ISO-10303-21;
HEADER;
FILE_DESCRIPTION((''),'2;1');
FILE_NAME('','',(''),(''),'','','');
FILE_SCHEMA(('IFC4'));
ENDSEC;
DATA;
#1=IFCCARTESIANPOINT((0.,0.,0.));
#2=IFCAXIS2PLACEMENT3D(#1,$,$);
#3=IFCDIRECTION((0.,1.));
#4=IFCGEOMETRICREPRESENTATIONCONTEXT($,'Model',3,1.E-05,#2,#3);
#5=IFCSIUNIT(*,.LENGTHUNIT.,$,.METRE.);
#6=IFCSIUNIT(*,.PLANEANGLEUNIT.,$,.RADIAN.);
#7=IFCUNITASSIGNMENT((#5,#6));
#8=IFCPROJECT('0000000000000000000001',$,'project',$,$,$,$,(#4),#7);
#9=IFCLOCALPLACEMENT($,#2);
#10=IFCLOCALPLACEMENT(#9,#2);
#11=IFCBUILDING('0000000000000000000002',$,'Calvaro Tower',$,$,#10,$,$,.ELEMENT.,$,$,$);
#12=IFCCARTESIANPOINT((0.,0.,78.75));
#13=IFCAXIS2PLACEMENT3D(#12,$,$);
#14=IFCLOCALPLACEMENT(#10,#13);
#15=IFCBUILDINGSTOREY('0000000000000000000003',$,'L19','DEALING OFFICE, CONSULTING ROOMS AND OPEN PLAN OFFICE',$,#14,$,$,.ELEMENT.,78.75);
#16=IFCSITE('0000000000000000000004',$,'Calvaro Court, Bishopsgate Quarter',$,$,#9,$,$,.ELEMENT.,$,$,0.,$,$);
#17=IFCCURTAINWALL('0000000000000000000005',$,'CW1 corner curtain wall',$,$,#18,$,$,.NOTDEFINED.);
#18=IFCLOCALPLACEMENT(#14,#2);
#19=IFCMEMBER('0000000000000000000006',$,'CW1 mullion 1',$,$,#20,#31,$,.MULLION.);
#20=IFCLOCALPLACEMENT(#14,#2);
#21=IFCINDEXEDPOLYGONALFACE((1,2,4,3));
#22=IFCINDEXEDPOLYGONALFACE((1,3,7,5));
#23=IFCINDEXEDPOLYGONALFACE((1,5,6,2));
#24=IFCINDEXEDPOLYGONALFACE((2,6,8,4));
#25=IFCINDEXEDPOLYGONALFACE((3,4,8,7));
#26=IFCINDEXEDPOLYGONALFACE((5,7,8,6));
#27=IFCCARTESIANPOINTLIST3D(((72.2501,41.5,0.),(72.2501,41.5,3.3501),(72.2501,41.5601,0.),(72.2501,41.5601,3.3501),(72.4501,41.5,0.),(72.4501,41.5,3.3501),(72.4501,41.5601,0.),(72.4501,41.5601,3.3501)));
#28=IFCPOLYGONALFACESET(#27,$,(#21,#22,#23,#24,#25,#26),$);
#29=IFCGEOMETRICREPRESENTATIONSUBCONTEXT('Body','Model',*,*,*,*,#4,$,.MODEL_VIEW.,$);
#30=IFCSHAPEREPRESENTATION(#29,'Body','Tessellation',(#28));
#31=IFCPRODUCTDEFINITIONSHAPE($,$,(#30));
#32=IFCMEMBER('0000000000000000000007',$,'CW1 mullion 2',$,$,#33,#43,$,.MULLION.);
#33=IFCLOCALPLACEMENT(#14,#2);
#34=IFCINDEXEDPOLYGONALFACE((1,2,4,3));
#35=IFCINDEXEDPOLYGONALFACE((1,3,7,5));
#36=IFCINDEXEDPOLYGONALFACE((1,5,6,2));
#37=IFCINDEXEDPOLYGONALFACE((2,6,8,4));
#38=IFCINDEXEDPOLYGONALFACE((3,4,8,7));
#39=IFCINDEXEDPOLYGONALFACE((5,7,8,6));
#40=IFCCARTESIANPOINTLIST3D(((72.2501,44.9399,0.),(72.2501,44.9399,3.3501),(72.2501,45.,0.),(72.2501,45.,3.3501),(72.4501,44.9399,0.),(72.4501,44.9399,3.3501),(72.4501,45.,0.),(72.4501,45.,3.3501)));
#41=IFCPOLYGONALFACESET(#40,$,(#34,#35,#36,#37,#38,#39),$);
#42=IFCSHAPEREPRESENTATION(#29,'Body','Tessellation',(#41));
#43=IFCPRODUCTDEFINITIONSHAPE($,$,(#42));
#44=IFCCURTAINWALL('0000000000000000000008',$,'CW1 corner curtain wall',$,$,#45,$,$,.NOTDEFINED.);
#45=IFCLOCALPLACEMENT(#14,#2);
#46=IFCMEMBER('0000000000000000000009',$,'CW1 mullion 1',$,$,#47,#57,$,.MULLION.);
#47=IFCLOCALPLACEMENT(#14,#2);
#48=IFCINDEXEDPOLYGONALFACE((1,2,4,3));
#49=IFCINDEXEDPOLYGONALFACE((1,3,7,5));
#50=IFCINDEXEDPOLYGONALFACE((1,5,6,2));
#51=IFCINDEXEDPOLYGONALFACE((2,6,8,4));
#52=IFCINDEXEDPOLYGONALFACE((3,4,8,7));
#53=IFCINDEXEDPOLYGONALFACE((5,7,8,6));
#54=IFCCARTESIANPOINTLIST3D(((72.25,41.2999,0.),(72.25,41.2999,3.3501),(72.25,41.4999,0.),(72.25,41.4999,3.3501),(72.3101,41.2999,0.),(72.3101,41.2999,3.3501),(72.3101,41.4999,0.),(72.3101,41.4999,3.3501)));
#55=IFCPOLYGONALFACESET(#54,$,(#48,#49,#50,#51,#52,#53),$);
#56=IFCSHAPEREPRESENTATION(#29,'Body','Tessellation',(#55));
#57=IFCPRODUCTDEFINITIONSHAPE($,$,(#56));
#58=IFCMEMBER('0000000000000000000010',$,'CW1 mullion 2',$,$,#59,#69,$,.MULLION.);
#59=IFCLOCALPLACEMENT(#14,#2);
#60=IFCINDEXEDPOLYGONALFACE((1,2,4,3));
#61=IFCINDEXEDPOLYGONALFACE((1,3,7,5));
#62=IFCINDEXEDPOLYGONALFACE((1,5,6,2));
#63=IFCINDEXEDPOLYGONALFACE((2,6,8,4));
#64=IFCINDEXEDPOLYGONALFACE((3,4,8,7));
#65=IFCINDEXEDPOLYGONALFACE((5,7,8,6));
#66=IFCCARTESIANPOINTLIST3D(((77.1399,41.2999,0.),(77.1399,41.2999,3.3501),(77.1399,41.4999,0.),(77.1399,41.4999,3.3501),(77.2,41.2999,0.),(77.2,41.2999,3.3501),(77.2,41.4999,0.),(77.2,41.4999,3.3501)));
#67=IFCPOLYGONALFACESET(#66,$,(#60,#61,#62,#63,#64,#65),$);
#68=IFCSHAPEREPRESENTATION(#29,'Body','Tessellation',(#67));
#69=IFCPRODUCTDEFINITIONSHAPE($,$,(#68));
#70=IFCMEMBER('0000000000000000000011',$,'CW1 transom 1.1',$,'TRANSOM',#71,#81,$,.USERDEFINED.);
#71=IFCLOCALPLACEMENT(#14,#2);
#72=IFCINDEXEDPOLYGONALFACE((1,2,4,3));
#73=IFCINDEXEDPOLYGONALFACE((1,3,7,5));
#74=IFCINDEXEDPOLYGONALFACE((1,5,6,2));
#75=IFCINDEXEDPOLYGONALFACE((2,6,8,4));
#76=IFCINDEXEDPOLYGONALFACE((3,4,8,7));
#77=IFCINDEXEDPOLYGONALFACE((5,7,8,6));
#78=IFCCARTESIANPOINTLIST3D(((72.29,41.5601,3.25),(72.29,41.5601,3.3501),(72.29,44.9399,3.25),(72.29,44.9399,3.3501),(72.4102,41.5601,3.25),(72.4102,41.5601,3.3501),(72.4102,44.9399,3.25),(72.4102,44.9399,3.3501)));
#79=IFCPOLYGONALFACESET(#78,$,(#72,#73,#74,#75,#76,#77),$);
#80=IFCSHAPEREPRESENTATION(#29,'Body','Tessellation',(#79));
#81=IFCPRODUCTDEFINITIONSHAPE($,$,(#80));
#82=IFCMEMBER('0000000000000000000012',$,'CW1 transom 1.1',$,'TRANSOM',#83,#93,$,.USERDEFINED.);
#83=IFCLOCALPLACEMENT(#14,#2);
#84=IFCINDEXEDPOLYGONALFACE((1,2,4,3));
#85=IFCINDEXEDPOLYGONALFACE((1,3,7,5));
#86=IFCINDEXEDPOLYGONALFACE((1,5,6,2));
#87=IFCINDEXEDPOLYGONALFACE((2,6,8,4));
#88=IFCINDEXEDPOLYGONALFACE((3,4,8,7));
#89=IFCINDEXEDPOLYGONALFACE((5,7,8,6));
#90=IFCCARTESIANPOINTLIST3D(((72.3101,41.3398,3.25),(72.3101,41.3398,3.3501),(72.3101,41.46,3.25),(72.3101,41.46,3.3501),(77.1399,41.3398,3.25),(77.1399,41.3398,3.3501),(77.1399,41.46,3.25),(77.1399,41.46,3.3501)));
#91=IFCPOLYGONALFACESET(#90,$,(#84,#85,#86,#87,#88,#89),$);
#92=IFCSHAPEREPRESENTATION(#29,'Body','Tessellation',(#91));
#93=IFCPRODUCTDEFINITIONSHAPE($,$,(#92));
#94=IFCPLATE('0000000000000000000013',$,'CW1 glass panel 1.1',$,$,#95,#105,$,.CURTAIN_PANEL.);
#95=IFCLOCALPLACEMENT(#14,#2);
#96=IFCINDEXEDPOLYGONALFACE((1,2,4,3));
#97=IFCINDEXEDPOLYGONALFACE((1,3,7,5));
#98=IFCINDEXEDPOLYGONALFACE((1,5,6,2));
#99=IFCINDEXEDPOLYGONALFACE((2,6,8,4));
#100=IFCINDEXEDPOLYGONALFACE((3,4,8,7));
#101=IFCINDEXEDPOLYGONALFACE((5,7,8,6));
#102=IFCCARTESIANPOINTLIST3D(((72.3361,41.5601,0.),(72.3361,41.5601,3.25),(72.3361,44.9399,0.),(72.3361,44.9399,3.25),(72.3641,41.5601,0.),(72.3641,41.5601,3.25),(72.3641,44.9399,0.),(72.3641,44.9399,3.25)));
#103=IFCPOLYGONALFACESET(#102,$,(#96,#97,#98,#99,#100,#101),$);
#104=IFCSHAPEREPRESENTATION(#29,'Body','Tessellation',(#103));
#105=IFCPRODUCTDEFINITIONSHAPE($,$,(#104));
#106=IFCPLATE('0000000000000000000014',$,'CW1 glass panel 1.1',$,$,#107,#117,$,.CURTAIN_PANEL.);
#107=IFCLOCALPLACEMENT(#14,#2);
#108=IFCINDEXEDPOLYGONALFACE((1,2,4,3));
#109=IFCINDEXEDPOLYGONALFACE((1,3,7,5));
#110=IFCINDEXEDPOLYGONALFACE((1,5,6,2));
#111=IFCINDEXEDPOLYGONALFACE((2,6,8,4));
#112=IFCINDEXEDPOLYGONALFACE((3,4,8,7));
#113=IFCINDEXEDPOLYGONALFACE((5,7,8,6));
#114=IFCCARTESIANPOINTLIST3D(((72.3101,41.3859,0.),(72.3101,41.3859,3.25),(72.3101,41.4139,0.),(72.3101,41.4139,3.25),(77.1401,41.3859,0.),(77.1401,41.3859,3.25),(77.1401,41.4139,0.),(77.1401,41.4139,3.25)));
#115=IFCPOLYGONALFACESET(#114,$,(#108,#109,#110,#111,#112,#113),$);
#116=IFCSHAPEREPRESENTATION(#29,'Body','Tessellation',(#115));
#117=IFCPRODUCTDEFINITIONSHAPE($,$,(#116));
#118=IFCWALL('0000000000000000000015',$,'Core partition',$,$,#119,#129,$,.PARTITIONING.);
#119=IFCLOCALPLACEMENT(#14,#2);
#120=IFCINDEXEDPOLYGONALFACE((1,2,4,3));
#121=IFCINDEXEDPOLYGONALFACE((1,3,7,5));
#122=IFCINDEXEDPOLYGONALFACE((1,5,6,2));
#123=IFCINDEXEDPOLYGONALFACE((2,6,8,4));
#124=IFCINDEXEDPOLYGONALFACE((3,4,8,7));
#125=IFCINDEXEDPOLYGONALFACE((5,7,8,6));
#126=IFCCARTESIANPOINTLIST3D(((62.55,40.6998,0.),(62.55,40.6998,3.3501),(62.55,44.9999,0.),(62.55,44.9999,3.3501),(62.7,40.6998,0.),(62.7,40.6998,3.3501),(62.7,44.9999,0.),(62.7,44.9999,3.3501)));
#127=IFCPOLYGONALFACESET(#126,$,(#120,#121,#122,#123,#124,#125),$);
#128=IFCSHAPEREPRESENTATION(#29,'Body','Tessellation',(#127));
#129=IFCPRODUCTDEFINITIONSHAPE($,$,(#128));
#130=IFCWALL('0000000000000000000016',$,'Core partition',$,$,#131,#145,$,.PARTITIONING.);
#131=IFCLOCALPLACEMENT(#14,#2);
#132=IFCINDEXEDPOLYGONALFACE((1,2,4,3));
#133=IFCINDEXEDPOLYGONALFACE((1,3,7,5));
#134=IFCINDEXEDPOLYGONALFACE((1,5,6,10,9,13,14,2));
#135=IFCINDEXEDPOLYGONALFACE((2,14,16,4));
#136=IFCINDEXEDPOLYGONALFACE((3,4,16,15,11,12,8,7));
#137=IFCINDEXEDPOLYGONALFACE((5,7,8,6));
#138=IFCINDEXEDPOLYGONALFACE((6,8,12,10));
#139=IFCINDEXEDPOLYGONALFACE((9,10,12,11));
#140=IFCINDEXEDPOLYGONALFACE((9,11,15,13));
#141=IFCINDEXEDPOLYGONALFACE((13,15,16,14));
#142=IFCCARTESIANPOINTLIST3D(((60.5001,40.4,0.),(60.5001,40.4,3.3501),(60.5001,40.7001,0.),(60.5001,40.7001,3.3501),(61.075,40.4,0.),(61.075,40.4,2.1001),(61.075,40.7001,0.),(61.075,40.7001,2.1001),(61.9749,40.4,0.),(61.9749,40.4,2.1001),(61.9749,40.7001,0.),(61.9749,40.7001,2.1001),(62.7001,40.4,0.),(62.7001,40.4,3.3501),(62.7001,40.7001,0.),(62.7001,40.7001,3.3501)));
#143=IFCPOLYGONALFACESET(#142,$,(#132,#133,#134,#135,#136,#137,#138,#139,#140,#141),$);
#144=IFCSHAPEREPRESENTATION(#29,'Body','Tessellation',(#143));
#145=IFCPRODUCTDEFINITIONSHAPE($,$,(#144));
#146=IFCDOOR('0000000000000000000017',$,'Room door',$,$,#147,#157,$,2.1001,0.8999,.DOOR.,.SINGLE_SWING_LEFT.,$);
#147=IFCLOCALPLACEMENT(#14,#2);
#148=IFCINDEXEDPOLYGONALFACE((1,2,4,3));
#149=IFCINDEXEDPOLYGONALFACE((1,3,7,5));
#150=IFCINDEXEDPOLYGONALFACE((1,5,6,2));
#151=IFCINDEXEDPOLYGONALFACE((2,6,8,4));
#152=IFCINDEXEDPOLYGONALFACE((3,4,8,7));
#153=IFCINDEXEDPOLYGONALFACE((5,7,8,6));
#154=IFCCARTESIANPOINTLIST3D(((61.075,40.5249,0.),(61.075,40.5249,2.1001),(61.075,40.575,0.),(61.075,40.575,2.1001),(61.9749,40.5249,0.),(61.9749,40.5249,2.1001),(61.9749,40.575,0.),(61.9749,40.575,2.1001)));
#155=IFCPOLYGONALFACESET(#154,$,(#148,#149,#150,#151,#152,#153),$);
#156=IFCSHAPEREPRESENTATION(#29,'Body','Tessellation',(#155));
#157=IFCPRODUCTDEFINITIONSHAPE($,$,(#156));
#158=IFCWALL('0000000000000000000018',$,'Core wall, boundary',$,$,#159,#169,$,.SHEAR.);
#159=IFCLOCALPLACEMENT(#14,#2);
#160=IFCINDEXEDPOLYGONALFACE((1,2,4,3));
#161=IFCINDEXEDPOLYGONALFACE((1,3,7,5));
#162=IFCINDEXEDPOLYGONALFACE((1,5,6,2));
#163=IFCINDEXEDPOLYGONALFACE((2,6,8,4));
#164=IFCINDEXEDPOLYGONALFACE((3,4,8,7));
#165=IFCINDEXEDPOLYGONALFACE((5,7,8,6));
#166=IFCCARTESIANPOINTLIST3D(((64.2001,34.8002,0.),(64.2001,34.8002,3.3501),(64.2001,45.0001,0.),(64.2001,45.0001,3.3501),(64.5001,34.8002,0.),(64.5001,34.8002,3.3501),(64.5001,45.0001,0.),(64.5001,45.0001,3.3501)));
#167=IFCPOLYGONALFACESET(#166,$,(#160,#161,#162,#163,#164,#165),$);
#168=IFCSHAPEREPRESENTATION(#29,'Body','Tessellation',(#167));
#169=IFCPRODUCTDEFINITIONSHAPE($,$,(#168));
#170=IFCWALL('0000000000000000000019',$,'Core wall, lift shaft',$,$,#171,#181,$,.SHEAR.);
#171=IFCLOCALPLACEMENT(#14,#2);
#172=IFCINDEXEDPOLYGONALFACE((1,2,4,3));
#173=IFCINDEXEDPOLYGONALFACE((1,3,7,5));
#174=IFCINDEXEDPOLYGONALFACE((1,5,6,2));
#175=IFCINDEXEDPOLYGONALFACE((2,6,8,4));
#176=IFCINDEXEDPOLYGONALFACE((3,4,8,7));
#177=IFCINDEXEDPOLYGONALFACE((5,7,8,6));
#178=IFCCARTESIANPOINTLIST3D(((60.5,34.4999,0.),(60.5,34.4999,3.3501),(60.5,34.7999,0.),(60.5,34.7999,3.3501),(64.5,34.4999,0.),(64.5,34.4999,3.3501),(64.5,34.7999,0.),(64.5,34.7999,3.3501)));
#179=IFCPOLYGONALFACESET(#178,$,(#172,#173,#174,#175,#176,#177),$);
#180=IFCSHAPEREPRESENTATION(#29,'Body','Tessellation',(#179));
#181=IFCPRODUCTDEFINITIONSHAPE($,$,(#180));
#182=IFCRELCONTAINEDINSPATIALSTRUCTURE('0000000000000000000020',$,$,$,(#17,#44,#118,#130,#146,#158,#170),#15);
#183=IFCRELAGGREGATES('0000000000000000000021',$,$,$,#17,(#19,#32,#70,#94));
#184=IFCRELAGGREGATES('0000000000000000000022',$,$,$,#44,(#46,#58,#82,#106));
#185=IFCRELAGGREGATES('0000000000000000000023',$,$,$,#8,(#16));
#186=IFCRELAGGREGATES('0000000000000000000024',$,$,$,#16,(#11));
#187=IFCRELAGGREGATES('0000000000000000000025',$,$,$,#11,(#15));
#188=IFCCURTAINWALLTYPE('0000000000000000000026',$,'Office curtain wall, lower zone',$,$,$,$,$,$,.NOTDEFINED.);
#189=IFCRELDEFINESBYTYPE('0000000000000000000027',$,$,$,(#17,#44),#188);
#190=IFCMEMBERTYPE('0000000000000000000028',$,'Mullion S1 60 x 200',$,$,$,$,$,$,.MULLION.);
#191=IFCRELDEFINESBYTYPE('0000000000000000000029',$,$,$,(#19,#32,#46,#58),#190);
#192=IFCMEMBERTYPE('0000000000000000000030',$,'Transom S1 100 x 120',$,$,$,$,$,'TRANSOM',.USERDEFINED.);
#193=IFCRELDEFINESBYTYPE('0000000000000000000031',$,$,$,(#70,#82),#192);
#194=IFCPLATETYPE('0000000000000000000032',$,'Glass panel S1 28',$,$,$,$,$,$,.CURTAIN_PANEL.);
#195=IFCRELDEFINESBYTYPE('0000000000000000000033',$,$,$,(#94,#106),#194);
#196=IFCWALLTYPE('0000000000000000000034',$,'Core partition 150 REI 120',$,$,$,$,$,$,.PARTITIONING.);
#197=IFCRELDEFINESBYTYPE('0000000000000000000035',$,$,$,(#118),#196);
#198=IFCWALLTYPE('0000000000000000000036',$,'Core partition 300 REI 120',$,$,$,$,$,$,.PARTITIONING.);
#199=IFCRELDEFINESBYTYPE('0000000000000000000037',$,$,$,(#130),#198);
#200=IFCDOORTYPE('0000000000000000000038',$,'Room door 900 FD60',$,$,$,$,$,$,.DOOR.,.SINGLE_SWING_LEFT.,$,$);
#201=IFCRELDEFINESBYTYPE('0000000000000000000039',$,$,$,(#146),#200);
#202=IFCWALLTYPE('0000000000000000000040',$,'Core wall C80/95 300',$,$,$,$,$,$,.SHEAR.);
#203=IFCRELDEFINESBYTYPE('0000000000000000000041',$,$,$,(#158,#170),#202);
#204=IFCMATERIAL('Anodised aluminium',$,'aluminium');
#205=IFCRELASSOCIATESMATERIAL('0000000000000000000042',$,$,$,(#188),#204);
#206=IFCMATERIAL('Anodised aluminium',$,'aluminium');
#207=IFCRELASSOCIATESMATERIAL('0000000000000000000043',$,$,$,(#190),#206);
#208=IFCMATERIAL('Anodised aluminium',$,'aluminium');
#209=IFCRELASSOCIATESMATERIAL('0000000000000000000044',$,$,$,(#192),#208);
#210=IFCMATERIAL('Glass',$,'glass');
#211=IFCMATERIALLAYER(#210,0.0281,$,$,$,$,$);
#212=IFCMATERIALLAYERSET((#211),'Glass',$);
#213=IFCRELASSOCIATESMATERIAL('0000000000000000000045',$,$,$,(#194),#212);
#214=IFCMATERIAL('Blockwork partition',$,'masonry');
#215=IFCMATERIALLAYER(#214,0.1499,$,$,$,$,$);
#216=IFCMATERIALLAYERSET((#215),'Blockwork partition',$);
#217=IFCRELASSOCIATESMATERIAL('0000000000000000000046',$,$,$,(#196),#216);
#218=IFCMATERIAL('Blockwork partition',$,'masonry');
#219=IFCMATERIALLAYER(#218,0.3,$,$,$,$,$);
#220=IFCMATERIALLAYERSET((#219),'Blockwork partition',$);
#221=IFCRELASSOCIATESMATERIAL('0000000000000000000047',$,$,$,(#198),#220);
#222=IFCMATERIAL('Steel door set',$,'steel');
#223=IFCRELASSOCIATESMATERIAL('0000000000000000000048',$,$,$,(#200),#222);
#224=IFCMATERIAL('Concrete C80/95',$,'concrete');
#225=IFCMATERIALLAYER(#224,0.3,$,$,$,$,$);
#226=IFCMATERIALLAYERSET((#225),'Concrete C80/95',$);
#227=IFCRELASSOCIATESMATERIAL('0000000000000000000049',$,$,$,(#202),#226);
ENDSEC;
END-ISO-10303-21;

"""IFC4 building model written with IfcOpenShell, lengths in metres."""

from ifc_helpers import new_model, si_unit, direction, frame, frame_2d, origin, origin_2d, place, context, subcontext, project, spatial, rectangle, extrude, material, layer, layer_set, material_profile, profile_set, type_object, element, fill, aggregate, save


model = new_model("IFC4")

# Units and contexts
model_context = context("Model", 3, precision=1e-05, world=origin(), true_north=direction((0.0, 1.0)))
body_context = subcontext(model_context, "Body", "Model", "MODEL_VIEW")
ifc_project = project(units=[si_unit("LENGTHUNIT", "METRE"), si_unit("PLANEANGLEUNIT", "RADIAN")], contexts=[model_context])

# Site, building, storey
site_placement = place(None, origin())
site = spatial("IfcSite", under=ifc_project, at=site_placement, Name="Calvaro Court, Bishopsgate Quarter", CompositionType="ELEMENT", RefElevation=0.0)
building_placement = place(site_placement, origin())
building = spatial("IfcBuilding", under=site, at=building_placement, Name="Calvaro Tower", CompositionType="ELEMENT")
storey_placement = place(building_placement, frame((0.0, 0.0, 78.75)))
storey = spatial("IfcBuildingStorey", under=building, at=storey_placement, Name="L19", Description="DEALING OFFICE, CONSULTING ROOMS AND OPEN PLAN OFFICE", CompositionType="ELEMENT", Elevation=78.75)

# Curtain walls, members
ifc_material_1 = material(Name="Anodised aluminium", Category="aluminium")
curtain_wall_type = type_object("IfcCurtainWallType", Name="Office curtain wall, lower zone", PredefinedType="NOTDEFINED", material=ifc_material_1)
curtain_wall_1_placement = place(storey_placement, origin())
curtain_wall_1 = element("IfcCurtainWall", 1, at=curtain_wall_1_placement, inside=storey, type_object=curtain_wall_type, Name="CW1 corner curtain wall", PredefinedType="NOTDEFINED")
ifc_material_2 = material(Name="Anodised aluminium", Category="aluminium")
ifc_material_profile_1 = material_profile(ifc_material_2, rectangle(XDim=0.2, YDim=0.0601, at=origin_2d()), Name="Mullion S1 60 x 200")
ifc_profile_set_1 = profile_set([ifc_material_profile_1], Name="Anodised aluminium")
member_type_1 = type_object("IfcMemberType", Name="Mullion S1 60 x 200", PredefinedType="MULLION", material=ifc_profile_set_1)
member_1_placement = place(storey_placement, frame((72.3501, 41.53, 0.0), z_axis=(0.0, 0.0, 1.0), x_axis=(-1.0, 0.0, 0.0)))
member_1 = element("IfcMember", 2, at=member_1_placement, type_object=member_type_1, Name="CW1 mullion 1", PredefinedType="MULLION", context=body_context, shape_type="SweptSolid", body=[
    extrude(rectangle(XDim=0.2, YDim=0.0601, at=origin_2d()), origin(), (0.0, 0.0, 1.0), 3.3501),
])
member_2_placement = place(storey_placement, frame((72.3501, 44.97, 0.0), z_axis=(0.0, 0.0, 1.0), x_axis=(-1.0, 0.0, 0.0)))
member_2 = element("IfcMember", 3, at=member_2_placement, type_object=member_type_1, Name="CW1 mullion 2", PredefinedType="MULLION", context=body_context, shape_type="SweptSolid", body=[
    extrude(rectangle(XDim=0.2, YDim=0.0601, at=origin_2d()), origin(), (0.0, 0.0, 1.0), 3.3501),
])
curtain_wall_2_placement = place(storey_placement, origin())
curtain_wall_2 = element("IfcCurtainWall", 4, at=curtain_wall_2_placement, inside=storey, type_object=curtain_wall_type, Name="CW1 corner curtain wall", PredefinedType="NOTDEFINED")
member_3_placement = place(storey_placement, frame((72.28, 41.3999, 0.0), z_axis=(0.0, 0.0, 1.0), x_axis=(0.0, 1.0, 0.0)))
member_3 = element("IfcMember", 5, at=member_3_placement, type_object=member_type_1, Name="CW1 mullion 1", PredefinedType="MULLION", context=body_context, shape_type="SweptSolid", body=[
    extrude(rectangle(XDim=0.2, YDim=0.0601, at=origin_2d()), origin(), (0.0, 0.0, 1.0), 3.3501),
])
member_4_placement = place(storey_placement, frame((77.1699, 41.3999, 0.0), z_axis=(0.0, 0.0, 1.0), x_axis=(0.0, 1.0, 0.0)))
member_4 = element("IfcMember", 6, at=member_4_placement, type_object=member_type_1, Name="CW1 mullion 2", PredefinedType="MULLION", context=body_context, shape_type="SweptSolid", body=[
    extrude(rectangle(XDim=0.2, YDim=0.0601, at=origin_2d()), origin(), (0.0, 0.0, 1.0), 3.3501),
])

# Members
ifc_material_3 = material(Name="Anodised aluminium", Category="aluminium")
ifc_material_profile_2 = material_profile(ifc_material_3, rectangle(XDim=0.1201, YDim=0.1001, at=origin_2d()), Name="Transom S1 100 x 120")
ifc_profile_set_2 = profile_set([ifc_material_profile_2], Name="Anodised aluminium")
member_type_2 = type_object("IfcMemberType", Name="Transom S1 100 x 120", ElementType="TRANSOM", PredefinedType="USERDEFINED", material=ifc_profile_set_2)
member_5_placement = place(storey_placement, frame((72.3501, 41.5601, 3.3), z_axis=(0.0, 1.0, 0.0), x_axis=(-1.0, 0.0, 0.0)))
member_5 = element("IfcMember", 7, at=member_5_placement, type_object=member_type_2, Name="CW1 transom 1.1", ObjectType="TRANSOM", PredefinedType="USERDEFINED", context=body_context, shape_type="SweptSolid", body=[
    extrude(rectangle(XDim=0.1201, YDim=0.1001, at=origin_2d()), origin(), (0.0, 0.0, 1.0), 3.3799),
])
member_6_placement = place(storey_placement, frame((72.3101, 41.3999, 3.3), z_axis=(1.0, 0.0, 0.0), x_axis=(0.0, 1.0, 0.0)))
member_6 = element("IfcMember", 8, at=member_6_placement, type_object=member_type_2, Name="CW1 transom 1.1", ObjectType="TRANSOM", PredefinedType="USERDEFINED", context=body_context, shape_type="SweptSolid", body=[
    extrude(rectangle(XDim=0.1201, YDim=0.1001, at=origin_2d()), origin(), (0.0, 0.0, 1.0), 4.8298),
])

# Plates
ifc_material_4 = material(Name="Glass", Category="glass")
ifc_layer_1 = layer(ifc_material_4, 0.0281)
ifc_layer_set_1 = layer_set([ifc_layer_1], Name="Glass")
plate_type = type_object("IfcPlateType", Name="Glass panel S1 28", PredefinedType="CURTAIN_PANEL", material=ifc_layer_set_1)
plate_1_placement = place(storey_placement, frame((72.3501, 43.25, 0.0), z_axis=(0.0, 0.0, 1.0), x_axis=(0.0, 1.0, 0.0)))
plate_1 = element("IfcPlate", 9, at=plate_1_placement, type_object=plate_type, Name="CW1 glass panel 1.1", PredefinedType="CURTAIN_PANEL", context=body_context, shape_type="SweptSolid", body=[
    extrude(rectangle(XDim=3.3799, YDim=0.0281, at=origin_2d()), origin(), (0.0, 0.0, 1.0), 3.25),
])
aggregate(curtain_wall_1, [member_1, member_2, member_5, plate_1])
plate_2_placement = place(storey_placement, frame((74.7251, 41.3999, 0.0), z_axis=(0.0, 0.0, 1.0), x_axis=(1.0, 0.0, 0.0)))
plate_2 = element("IfcPlate", 10, at=plate_2_placement, type_object=plate_type, Name="CW1 glass panel 1.1", PredefinedType="CURTAIN_PANEL", context=body_context, shape_type="SweptSolid", body=[
    extrude(rectangle(XDim=4.8301, YDim=0.0281, at=origin_2d()), origin(), (0.0, 0.0, 1.0), 3.25),
])
aggregate(curtain_wall_2, [member_3, member_4, member_6, plate_2])

# Wall
ifc_material_5 = material(Name="Blockwork partition", Category="masonry")
ifc_layer_2 = layer(ifc_material_5, 0.1499)
ifc_layer_set_2 = layer_set([ifc_layer_2], Name="Blockwork partition")
wall_type_1 = type_object("IfcWallType", Name="Core partition 150 REI 120", PredefinedType="PARTITIONING", material=ifc_layer_set_2)
wall_1_placement = place(storey_placement, frame((62.625, 40.7, 0.0), z_axis=(0.0, 0.0, 1.0), x_axis=(0.0, 1.0, 0.0)))
element("IfcWall", 11, at=wall_1_placement, inside=storey, type_object=wall_type_1, Name="Core partition", PredefinedType="PARTITIONING", context=body_context, shape_type="SweptSolid", body=[
    extrude(rectangle(XDim=4.3, YDim=0.1499, at=frame_2d((2.1499, 0.0))), origin(), (0.0, 0.0, 1.0), 3.3501),
])

# Wall, opening, door
ifc_material_6 = material(Name="Blockwork partition", Category="masonry")
ifc_layer_3 = layer(ifc_material_6, 0.3)
ifc_layer_set_3 = layer_set([ifc_layer_3], Name="Blockwork partition")
wall_type_2 = type_object("IfcWallType", Name="Core partition 300 REI 120", PredefinedType="PARTITIONING", material=ifc_layer_set_3)
wall_2_placement = place(storey_placement, frame((60.5, 40.55, 0.0), z_axis=(0.0, 0.0, 1.0), x_axis=(1.0, 0.0, 0.0)))
wall_2 = element("IfcWall", 12, at=wall_2_placement, inside=storey, type_object=wall_type_2, Name="Core partition", PredefinedType="PARTITIONING", context=body_context, shape_type="SweptSolid", body=[
    extrude(rectangle(XDim=2.2, YDim=0.3, at=frame_2d((1.1001, 0.0))), origin(), (0.0, 0.0, 1.0), 3.3501),
])
opening_1_placement = place(wall_2_placement, frame((0.575, 0.0, 0.0)))
opening_1 = element("IfcOpeningElement", 13, at=opening_1_placement, cuts=wall_2, PredefinedType="OPENING", context=body_context, shape_type="SweptSolid", body=[
    extrude(rectangle(XDim=0.8999, YDim=2.1001, at=frame_2d((0.45, 1.05))), frame((0.0, 0.1599, 0.0), z_axis=(0.0, -1.0, 0.0), x_axis=(1.0, 0.0, 0.0)), (0.0, 0.0, 1.0), 0.3201),
])
ifc_material_7 = material(Name="Steel door set", Category="steel")
door_type_1 = type_object("IfcDoorType", Name="Room door 900 FD60", OperationType="SINGLE_SWING_LEFT", PredefinedType="DOOR", material=ifc_material_7)
door_1_placement = place(opening_1_placement, origin())
door_1 = element("IfcDoor", 14, at=door_1_placement, inside=storey, type_object=door_type_1, Name="Room door", OperationType="SINGLE_SWING_LEFT", OverallHeight=2.1001, OverallWidth=0.8999, PredefinedType="DOOR", context=body_context, shape_type="SweptSolid", body=[
    extrude(rectangle(XDim=0.8999, YDim=2.1001, at=frame_2d((0.45, 1.05))), frame((0.0, 0.0249, 0.0), z_axis=(0.0, -1.0, 0.0), x_axis=(1.0, 0.0, 0.0)), (0.0, 0.0, 1.0), 0.05),
])
fill(opening_1, door_1)

# Walls
ifc_material_8 = material(Name="Concrete C80/95", Category="concrete")
ifc_layer_4 = layer(ifc_material_8, 0.3)
ifc_layer_set_4 = layer_set([ifc_layer_4], Name="Concrete C80/95")
wall_type_3 = type_object("IfcWallType", Name="Core wall C80/95 300", PredefinedType="SHEAR", material=ifc_layer_set_4)
wall_3_placement = place(storey_placement, frame((64.3501, 34.8, 0.0), z_axis=(0.0, 0.0, 1.0), x_axis=(0.0, 1.0, 0.0)))
element("IfcWall", 15, at=wall_3_placement, inside=storey, type_object=wall_type_3, Name="Core wall, boundary", PredefinedType="SHEAR", context=body_context, shape_type="SweptSolid", body=[
    extrude(rectangle(XDim=10.2, YDim=0.3, at=frame_2d((5.1001, 0.0))), origin(), (0.0, 0.0, 1.0), 3.3501),
])
wall_4_placement = place(storey_placement, frame((60.5, 34.6499, 0.0), z_axis=(0.0, 0.0, 1.0), x_axis=(1.0, 0.0, 0.0)))
element("IfcWall", 16, at=wall_4_placement, inside=storey, type_object=wall_type_3, Name="Core wall, lift shaft", PredefinedType="SHEAR", context=body_context, shape_type="SweptSolid", body=[
    extrude(rectangle(XDim=4.0, YDim=0.3, at=frame_2d((2.0, 0.0))), origin(), (0.0, 0.0, 1.0), 3.3501),
])

save(model, "model.ifc")
